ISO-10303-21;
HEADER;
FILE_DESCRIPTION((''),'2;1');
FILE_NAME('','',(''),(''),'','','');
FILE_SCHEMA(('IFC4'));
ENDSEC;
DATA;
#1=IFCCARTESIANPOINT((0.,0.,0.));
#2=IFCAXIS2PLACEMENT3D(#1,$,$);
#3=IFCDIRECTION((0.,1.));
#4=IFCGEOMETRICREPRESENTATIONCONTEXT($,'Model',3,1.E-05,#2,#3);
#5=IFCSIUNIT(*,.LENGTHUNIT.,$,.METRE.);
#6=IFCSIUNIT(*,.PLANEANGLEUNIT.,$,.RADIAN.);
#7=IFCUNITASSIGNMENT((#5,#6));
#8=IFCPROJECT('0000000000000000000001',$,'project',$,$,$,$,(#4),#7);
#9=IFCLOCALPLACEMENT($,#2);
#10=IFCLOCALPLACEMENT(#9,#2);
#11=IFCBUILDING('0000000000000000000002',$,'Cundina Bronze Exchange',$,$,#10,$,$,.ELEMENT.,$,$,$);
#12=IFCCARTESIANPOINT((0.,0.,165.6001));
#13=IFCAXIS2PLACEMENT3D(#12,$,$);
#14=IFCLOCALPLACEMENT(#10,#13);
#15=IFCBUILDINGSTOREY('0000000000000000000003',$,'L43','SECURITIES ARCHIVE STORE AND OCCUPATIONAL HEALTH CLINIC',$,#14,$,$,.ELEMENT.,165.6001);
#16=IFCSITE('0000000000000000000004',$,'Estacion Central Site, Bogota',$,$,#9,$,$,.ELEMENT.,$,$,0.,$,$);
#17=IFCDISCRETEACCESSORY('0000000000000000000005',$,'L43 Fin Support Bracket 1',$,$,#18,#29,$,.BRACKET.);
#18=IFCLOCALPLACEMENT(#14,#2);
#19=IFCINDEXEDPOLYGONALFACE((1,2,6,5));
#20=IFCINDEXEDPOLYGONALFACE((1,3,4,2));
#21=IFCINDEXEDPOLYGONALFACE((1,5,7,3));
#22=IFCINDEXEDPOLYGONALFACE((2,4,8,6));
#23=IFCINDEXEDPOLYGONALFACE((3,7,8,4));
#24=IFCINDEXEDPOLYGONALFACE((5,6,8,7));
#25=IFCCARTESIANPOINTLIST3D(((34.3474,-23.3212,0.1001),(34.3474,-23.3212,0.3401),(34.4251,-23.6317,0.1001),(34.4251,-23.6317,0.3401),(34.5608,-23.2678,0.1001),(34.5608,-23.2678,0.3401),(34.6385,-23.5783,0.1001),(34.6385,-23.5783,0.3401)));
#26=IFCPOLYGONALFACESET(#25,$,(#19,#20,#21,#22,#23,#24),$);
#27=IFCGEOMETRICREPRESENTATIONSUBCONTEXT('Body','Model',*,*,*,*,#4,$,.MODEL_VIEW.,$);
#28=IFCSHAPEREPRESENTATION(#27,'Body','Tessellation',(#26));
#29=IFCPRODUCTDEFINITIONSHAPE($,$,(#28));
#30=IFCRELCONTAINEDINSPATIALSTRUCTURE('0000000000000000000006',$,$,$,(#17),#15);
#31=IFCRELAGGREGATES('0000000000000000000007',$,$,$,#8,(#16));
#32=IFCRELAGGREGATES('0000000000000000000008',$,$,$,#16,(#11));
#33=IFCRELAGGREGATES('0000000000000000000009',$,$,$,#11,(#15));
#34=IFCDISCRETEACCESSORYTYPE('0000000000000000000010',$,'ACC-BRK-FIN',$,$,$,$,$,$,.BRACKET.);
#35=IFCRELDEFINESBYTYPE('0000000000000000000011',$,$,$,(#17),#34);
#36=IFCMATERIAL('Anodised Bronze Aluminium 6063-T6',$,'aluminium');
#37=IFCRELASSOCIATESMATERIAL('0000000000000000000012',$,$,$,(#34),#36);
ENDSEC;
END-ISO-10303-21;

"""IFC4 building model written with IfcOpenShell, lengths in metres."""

from ifc_helpers import new_model, si_unit, direction, frame, origin, origin_2d, place, context, subcontext, project, spatial, rectangle, extrude, material, type_object, element, save


model = new_model("IFC4")

# Units and contexts
model_context = context("Model", 3, precision=1e-05, world=origin(), true_north=direction((0.0, 1.0)))
body_context = subcontext(model_context, "Body", "Model", "MODEL_VIEW")
ifc_project = project(units=[si_unit("LENGTHUNIT", "METRE"), si_unit("PLANEANGLEUNIT", "RADIAN")], contexts=[model_context])

# Site, building, storey
site_placement = place(None, origin())
site = spatial("IfcSite", under=ifc_project, at=site_placement, Name="Estacion Central Site, Bogota", CompositionType="ELEMENT", RefElevation=0.0)
building_placement = place(site_placement, origin())
building = spatial("IfcBuilding", under=site, at=building_placement, Name="Cundina Bronze Exchange", CompositionType="ELEMENT")
storey_placement = place(building_placement, frame((0.0, 0.0, 165.6001)))
storey = spatial("IfcBuildingStorey", under=building, at=storey_placement, Name="L43", Description="SECURITIES ARCHIVE STORE AND OCCUPATIONAL HEALTH CLINIC", CompositionType="ELEMENT", Elevation=165.6001)

# Shared definitions
ifc_material_1 = material(Name="Anodised Bronze Aluminium 6063-T6", Category="aluminium")

# Discrete accessory
discrete_accessory_type = type_object("IfcDiscreteAccessoryType", Name="ACC-BRK-FIN", PredefinedType="BRACKET", material=ifc_material_1)
discrete_accessory_placement = place(storey_placement, frame((34.4929, -23.4497, 0.1001), z_axis=(0.0, 0.0, 1.0), x_axis=(0.970093, 0.242735, 0.0)))
element("IfcDiscreteAccessory", 1, at=discrete_accessory_placement, inside=storey, type_object=discrete_accessory_type, Name="L43 Fin Support Bracket 1", PredefinedType="BRACKET", context=body_context, shape_type="SweptSolid", body=[
    extrude(rectangle(XDim=0.22, YDim=0.3201, at=origin_2d()), origin(), (0.0, 0.0, 1.0), 0.24),
])

save(model, "model.ifc")
